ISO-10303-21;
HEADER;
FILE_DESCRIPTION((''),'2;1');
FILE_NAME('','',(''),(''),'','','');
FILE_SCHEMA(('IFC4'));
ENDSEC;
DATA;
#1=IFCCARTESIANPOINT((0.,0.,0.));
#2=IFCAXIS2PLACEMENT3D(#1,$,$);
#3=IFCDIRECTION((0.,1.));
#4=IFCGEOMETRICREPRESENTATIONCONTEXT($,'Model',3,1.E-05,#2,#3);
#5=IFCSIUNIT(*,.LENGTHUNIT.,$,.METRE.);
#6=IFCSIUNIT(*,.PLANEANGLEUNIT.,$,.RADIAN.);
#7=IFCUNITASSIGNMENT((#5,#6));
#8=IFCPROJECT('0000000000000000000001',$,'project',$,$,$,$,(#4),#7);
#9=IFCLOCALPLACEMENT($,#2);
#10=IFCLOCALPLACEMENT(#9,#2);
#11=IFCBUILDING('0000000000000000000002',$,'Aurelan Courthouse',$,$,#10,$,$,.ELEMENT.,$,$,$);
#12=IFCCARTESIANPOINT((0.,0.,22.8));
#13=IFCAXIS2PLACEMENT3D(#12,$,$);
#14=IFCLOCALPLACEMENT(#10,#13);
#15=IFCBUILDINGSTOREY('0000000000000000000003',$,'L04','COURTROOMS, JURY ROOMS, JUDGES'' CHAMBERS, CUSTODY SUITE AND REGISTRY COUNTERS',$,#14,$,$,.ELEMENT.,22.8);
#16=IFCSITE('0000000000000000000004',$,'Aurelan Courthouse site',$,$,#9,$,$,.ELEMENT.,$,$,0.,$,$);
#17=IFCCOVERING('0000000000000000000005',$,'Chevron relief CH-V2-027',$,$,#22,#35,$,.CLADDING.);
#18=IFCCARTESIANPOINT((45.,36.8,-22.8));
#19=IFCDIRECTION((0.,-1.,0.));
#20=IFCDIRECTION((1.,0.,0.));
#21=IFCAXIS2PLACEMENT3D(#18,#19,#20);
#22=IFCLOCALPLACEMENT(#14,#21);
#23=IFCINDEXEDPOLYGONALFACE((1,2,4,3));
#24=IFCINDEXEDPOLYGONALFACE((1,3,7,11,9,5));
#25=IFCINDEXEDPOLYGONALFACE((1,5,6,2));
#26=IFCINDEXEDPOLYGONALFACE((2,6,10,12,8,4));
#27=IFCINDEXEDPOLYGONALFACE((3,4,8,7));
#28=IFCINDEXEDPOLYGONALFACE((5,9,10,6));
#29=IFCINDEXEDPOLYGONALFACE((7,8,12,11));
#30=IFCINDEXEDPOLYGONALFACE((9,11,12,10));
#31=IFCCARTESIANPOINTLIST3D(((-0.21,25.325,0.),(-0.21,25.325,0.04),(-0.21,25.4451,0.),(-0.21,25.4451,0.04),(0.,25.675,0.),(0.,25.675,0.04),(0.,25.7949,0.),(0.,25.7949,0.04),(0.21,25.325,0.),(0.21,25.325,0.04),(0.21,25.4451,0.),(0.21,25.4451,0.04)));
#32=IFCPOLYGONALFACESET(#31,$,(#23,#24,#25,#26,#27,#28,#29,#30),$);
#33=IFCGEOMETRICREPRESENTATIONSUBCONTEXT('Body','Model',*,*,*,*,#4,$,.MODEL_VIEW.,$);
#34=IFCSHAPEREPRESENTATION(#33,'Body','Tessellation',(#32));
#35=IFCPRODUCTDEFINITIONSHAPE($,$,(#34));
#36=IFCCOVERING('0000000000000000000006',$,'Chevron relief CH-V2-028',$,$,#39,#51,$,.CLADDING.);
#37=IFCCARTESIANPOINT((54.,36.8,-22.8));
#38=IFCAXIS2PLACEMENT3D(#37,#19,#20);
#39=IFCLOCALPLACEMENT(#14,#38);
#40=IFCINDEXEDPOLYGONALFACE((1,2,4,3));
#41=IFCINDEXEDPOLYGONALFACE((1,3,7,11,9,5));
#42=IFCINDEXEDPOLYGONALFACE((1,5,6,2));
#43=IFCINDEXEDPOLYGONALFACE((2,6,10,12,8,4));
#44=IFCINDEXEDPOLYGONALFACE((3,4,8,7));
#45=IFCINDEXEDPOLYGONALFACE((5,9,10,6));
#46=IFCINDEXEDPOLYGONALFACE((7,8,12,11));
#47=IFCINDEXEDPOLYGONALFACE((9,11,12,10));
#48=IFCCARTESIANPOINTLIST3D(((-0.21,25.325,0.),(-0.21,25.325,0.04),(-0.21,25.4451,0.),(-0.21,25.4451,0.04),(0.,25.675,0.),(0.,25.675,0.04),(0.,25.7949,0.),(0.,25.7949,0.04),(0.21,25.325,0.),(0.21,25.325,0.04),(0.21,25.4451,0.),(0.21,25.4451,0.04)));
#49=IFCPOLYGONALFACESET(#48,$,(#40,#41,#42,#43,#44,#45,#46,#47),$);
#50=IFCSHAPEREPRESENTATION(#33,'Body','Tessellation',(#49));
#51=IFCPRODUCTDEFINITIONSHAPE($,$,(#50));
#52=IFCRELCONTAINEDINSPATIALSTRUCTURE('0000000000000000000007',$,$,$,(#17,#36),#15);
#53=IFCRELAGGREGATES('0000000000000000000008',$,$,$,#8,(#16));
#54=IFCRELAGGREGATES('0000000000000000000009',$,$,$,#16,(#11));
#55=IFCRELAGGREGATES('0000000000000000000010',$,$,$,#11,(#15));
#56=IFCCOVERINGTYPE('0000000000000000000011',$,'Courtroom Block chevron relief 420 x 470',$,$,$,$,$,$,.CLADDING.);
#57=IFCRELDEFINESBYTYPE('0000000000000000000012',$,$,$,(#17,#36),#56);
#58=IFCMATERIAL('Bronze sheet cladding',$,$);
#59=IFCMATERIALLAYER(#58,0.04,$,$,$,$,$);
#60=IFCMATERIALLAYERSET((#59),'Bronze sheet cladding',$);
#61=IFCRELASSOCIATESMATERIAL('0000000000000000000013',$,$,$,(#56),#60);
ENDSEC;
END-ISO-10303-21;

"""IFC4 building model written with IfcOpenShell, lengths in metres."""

from ifc_helpers import new_model, si_unit, direction, frame, origin, place, context, subcontext, project, spatial, polyline, outline, extrude, material, layer, layer_set, type_object, element, save


model = new_model("IFC4")

# Units and contexts
model_context = context("Model", 3, precision=1e-05, world=origin(), true_north=direction((0.0, 1.0)))
body_context = subcontext(model_context, "Body", "Model", "MODEL_VIEW")
ifc_project = project(units=[si_unit("LENGTHUNIT", "METRE"), si_unit("PLANEANGLEUNIT", "RADIAN")], contexts=[model_context])

# Site, building, storey
site_placement = place(None, origin())
site = spatial("IfcSite", under=ifc_project, at=site_placement, Name="Aurelan Courthouse site", CompositionType="ELEMENT", RefElevation=0.0)
building_placement = place(site_placement, origin())
building = spatial("IfcBuilding", under=site, at=building_placement, Name="Aurelan Courthouse", CompositionType="ELEMENT")
storey_placement = place(building_placement, frame((0.0, 0.0, 22.8)))
storey = spatial("IfcBuildingStorey", under=building, at=storey_placement, Name="L04", Description="COURTROOMS, JURY ROOMS, JUDGES' CHAMBERS, CUSTODY SUITE AND REGISTRY COUNTERS", CompositionType="ELEMENT", Elevation=22.8)

# Coverings
ifc_material_1 = material(Name="Bronze sheet cladding")
ifc_layer_1 = layer(ifc_material_1, 0.04)
ifc_layer_set_1 = layer_set([ifc_layer_1], Name="Bronze sheet cladding")
covering_type_1 = type_object("IfcCoveringType", Name="Courtroom Block chevron relief 420 x 470", PredefinedType="CLADDING", material=ifc_layer_set_1)
for number, where, z_axis, x_axis, name in (
    (1, (45.0, 36.8, -22.8), (0.0, -1.0, 0.0), (1.0, 0.0, 0.0), "Chevron relief CH-V2-027"),
    (2, (54.0, 36.8, -22.8), (0.0, -1.0, 0.0), (1.0, 0.0, 0.0), "Chevron relief CH-V2-028"),
):
    element("IfcCovering", number, at=place(storey_placement, frame(where, z_axis=z_axis, x_axis=x_axis)), inside=storey, type_object=covering_type_1, Name=name, PredefinedType="CLADDING", context=body_context, shape_type="SweptSolid", body=[
        extrude(outline(polyline([(-0.21, 25.325), (0.0, 25.675), (0.21, 25.325), (0.21, 25.4451), (0.0, 25.7949), (-0.21, 25.4451), (-0.21, 25.325)])), origin(), (0.0, 0.0, 1.0), 0.04),
    ])

save(model, "model.ifc")
